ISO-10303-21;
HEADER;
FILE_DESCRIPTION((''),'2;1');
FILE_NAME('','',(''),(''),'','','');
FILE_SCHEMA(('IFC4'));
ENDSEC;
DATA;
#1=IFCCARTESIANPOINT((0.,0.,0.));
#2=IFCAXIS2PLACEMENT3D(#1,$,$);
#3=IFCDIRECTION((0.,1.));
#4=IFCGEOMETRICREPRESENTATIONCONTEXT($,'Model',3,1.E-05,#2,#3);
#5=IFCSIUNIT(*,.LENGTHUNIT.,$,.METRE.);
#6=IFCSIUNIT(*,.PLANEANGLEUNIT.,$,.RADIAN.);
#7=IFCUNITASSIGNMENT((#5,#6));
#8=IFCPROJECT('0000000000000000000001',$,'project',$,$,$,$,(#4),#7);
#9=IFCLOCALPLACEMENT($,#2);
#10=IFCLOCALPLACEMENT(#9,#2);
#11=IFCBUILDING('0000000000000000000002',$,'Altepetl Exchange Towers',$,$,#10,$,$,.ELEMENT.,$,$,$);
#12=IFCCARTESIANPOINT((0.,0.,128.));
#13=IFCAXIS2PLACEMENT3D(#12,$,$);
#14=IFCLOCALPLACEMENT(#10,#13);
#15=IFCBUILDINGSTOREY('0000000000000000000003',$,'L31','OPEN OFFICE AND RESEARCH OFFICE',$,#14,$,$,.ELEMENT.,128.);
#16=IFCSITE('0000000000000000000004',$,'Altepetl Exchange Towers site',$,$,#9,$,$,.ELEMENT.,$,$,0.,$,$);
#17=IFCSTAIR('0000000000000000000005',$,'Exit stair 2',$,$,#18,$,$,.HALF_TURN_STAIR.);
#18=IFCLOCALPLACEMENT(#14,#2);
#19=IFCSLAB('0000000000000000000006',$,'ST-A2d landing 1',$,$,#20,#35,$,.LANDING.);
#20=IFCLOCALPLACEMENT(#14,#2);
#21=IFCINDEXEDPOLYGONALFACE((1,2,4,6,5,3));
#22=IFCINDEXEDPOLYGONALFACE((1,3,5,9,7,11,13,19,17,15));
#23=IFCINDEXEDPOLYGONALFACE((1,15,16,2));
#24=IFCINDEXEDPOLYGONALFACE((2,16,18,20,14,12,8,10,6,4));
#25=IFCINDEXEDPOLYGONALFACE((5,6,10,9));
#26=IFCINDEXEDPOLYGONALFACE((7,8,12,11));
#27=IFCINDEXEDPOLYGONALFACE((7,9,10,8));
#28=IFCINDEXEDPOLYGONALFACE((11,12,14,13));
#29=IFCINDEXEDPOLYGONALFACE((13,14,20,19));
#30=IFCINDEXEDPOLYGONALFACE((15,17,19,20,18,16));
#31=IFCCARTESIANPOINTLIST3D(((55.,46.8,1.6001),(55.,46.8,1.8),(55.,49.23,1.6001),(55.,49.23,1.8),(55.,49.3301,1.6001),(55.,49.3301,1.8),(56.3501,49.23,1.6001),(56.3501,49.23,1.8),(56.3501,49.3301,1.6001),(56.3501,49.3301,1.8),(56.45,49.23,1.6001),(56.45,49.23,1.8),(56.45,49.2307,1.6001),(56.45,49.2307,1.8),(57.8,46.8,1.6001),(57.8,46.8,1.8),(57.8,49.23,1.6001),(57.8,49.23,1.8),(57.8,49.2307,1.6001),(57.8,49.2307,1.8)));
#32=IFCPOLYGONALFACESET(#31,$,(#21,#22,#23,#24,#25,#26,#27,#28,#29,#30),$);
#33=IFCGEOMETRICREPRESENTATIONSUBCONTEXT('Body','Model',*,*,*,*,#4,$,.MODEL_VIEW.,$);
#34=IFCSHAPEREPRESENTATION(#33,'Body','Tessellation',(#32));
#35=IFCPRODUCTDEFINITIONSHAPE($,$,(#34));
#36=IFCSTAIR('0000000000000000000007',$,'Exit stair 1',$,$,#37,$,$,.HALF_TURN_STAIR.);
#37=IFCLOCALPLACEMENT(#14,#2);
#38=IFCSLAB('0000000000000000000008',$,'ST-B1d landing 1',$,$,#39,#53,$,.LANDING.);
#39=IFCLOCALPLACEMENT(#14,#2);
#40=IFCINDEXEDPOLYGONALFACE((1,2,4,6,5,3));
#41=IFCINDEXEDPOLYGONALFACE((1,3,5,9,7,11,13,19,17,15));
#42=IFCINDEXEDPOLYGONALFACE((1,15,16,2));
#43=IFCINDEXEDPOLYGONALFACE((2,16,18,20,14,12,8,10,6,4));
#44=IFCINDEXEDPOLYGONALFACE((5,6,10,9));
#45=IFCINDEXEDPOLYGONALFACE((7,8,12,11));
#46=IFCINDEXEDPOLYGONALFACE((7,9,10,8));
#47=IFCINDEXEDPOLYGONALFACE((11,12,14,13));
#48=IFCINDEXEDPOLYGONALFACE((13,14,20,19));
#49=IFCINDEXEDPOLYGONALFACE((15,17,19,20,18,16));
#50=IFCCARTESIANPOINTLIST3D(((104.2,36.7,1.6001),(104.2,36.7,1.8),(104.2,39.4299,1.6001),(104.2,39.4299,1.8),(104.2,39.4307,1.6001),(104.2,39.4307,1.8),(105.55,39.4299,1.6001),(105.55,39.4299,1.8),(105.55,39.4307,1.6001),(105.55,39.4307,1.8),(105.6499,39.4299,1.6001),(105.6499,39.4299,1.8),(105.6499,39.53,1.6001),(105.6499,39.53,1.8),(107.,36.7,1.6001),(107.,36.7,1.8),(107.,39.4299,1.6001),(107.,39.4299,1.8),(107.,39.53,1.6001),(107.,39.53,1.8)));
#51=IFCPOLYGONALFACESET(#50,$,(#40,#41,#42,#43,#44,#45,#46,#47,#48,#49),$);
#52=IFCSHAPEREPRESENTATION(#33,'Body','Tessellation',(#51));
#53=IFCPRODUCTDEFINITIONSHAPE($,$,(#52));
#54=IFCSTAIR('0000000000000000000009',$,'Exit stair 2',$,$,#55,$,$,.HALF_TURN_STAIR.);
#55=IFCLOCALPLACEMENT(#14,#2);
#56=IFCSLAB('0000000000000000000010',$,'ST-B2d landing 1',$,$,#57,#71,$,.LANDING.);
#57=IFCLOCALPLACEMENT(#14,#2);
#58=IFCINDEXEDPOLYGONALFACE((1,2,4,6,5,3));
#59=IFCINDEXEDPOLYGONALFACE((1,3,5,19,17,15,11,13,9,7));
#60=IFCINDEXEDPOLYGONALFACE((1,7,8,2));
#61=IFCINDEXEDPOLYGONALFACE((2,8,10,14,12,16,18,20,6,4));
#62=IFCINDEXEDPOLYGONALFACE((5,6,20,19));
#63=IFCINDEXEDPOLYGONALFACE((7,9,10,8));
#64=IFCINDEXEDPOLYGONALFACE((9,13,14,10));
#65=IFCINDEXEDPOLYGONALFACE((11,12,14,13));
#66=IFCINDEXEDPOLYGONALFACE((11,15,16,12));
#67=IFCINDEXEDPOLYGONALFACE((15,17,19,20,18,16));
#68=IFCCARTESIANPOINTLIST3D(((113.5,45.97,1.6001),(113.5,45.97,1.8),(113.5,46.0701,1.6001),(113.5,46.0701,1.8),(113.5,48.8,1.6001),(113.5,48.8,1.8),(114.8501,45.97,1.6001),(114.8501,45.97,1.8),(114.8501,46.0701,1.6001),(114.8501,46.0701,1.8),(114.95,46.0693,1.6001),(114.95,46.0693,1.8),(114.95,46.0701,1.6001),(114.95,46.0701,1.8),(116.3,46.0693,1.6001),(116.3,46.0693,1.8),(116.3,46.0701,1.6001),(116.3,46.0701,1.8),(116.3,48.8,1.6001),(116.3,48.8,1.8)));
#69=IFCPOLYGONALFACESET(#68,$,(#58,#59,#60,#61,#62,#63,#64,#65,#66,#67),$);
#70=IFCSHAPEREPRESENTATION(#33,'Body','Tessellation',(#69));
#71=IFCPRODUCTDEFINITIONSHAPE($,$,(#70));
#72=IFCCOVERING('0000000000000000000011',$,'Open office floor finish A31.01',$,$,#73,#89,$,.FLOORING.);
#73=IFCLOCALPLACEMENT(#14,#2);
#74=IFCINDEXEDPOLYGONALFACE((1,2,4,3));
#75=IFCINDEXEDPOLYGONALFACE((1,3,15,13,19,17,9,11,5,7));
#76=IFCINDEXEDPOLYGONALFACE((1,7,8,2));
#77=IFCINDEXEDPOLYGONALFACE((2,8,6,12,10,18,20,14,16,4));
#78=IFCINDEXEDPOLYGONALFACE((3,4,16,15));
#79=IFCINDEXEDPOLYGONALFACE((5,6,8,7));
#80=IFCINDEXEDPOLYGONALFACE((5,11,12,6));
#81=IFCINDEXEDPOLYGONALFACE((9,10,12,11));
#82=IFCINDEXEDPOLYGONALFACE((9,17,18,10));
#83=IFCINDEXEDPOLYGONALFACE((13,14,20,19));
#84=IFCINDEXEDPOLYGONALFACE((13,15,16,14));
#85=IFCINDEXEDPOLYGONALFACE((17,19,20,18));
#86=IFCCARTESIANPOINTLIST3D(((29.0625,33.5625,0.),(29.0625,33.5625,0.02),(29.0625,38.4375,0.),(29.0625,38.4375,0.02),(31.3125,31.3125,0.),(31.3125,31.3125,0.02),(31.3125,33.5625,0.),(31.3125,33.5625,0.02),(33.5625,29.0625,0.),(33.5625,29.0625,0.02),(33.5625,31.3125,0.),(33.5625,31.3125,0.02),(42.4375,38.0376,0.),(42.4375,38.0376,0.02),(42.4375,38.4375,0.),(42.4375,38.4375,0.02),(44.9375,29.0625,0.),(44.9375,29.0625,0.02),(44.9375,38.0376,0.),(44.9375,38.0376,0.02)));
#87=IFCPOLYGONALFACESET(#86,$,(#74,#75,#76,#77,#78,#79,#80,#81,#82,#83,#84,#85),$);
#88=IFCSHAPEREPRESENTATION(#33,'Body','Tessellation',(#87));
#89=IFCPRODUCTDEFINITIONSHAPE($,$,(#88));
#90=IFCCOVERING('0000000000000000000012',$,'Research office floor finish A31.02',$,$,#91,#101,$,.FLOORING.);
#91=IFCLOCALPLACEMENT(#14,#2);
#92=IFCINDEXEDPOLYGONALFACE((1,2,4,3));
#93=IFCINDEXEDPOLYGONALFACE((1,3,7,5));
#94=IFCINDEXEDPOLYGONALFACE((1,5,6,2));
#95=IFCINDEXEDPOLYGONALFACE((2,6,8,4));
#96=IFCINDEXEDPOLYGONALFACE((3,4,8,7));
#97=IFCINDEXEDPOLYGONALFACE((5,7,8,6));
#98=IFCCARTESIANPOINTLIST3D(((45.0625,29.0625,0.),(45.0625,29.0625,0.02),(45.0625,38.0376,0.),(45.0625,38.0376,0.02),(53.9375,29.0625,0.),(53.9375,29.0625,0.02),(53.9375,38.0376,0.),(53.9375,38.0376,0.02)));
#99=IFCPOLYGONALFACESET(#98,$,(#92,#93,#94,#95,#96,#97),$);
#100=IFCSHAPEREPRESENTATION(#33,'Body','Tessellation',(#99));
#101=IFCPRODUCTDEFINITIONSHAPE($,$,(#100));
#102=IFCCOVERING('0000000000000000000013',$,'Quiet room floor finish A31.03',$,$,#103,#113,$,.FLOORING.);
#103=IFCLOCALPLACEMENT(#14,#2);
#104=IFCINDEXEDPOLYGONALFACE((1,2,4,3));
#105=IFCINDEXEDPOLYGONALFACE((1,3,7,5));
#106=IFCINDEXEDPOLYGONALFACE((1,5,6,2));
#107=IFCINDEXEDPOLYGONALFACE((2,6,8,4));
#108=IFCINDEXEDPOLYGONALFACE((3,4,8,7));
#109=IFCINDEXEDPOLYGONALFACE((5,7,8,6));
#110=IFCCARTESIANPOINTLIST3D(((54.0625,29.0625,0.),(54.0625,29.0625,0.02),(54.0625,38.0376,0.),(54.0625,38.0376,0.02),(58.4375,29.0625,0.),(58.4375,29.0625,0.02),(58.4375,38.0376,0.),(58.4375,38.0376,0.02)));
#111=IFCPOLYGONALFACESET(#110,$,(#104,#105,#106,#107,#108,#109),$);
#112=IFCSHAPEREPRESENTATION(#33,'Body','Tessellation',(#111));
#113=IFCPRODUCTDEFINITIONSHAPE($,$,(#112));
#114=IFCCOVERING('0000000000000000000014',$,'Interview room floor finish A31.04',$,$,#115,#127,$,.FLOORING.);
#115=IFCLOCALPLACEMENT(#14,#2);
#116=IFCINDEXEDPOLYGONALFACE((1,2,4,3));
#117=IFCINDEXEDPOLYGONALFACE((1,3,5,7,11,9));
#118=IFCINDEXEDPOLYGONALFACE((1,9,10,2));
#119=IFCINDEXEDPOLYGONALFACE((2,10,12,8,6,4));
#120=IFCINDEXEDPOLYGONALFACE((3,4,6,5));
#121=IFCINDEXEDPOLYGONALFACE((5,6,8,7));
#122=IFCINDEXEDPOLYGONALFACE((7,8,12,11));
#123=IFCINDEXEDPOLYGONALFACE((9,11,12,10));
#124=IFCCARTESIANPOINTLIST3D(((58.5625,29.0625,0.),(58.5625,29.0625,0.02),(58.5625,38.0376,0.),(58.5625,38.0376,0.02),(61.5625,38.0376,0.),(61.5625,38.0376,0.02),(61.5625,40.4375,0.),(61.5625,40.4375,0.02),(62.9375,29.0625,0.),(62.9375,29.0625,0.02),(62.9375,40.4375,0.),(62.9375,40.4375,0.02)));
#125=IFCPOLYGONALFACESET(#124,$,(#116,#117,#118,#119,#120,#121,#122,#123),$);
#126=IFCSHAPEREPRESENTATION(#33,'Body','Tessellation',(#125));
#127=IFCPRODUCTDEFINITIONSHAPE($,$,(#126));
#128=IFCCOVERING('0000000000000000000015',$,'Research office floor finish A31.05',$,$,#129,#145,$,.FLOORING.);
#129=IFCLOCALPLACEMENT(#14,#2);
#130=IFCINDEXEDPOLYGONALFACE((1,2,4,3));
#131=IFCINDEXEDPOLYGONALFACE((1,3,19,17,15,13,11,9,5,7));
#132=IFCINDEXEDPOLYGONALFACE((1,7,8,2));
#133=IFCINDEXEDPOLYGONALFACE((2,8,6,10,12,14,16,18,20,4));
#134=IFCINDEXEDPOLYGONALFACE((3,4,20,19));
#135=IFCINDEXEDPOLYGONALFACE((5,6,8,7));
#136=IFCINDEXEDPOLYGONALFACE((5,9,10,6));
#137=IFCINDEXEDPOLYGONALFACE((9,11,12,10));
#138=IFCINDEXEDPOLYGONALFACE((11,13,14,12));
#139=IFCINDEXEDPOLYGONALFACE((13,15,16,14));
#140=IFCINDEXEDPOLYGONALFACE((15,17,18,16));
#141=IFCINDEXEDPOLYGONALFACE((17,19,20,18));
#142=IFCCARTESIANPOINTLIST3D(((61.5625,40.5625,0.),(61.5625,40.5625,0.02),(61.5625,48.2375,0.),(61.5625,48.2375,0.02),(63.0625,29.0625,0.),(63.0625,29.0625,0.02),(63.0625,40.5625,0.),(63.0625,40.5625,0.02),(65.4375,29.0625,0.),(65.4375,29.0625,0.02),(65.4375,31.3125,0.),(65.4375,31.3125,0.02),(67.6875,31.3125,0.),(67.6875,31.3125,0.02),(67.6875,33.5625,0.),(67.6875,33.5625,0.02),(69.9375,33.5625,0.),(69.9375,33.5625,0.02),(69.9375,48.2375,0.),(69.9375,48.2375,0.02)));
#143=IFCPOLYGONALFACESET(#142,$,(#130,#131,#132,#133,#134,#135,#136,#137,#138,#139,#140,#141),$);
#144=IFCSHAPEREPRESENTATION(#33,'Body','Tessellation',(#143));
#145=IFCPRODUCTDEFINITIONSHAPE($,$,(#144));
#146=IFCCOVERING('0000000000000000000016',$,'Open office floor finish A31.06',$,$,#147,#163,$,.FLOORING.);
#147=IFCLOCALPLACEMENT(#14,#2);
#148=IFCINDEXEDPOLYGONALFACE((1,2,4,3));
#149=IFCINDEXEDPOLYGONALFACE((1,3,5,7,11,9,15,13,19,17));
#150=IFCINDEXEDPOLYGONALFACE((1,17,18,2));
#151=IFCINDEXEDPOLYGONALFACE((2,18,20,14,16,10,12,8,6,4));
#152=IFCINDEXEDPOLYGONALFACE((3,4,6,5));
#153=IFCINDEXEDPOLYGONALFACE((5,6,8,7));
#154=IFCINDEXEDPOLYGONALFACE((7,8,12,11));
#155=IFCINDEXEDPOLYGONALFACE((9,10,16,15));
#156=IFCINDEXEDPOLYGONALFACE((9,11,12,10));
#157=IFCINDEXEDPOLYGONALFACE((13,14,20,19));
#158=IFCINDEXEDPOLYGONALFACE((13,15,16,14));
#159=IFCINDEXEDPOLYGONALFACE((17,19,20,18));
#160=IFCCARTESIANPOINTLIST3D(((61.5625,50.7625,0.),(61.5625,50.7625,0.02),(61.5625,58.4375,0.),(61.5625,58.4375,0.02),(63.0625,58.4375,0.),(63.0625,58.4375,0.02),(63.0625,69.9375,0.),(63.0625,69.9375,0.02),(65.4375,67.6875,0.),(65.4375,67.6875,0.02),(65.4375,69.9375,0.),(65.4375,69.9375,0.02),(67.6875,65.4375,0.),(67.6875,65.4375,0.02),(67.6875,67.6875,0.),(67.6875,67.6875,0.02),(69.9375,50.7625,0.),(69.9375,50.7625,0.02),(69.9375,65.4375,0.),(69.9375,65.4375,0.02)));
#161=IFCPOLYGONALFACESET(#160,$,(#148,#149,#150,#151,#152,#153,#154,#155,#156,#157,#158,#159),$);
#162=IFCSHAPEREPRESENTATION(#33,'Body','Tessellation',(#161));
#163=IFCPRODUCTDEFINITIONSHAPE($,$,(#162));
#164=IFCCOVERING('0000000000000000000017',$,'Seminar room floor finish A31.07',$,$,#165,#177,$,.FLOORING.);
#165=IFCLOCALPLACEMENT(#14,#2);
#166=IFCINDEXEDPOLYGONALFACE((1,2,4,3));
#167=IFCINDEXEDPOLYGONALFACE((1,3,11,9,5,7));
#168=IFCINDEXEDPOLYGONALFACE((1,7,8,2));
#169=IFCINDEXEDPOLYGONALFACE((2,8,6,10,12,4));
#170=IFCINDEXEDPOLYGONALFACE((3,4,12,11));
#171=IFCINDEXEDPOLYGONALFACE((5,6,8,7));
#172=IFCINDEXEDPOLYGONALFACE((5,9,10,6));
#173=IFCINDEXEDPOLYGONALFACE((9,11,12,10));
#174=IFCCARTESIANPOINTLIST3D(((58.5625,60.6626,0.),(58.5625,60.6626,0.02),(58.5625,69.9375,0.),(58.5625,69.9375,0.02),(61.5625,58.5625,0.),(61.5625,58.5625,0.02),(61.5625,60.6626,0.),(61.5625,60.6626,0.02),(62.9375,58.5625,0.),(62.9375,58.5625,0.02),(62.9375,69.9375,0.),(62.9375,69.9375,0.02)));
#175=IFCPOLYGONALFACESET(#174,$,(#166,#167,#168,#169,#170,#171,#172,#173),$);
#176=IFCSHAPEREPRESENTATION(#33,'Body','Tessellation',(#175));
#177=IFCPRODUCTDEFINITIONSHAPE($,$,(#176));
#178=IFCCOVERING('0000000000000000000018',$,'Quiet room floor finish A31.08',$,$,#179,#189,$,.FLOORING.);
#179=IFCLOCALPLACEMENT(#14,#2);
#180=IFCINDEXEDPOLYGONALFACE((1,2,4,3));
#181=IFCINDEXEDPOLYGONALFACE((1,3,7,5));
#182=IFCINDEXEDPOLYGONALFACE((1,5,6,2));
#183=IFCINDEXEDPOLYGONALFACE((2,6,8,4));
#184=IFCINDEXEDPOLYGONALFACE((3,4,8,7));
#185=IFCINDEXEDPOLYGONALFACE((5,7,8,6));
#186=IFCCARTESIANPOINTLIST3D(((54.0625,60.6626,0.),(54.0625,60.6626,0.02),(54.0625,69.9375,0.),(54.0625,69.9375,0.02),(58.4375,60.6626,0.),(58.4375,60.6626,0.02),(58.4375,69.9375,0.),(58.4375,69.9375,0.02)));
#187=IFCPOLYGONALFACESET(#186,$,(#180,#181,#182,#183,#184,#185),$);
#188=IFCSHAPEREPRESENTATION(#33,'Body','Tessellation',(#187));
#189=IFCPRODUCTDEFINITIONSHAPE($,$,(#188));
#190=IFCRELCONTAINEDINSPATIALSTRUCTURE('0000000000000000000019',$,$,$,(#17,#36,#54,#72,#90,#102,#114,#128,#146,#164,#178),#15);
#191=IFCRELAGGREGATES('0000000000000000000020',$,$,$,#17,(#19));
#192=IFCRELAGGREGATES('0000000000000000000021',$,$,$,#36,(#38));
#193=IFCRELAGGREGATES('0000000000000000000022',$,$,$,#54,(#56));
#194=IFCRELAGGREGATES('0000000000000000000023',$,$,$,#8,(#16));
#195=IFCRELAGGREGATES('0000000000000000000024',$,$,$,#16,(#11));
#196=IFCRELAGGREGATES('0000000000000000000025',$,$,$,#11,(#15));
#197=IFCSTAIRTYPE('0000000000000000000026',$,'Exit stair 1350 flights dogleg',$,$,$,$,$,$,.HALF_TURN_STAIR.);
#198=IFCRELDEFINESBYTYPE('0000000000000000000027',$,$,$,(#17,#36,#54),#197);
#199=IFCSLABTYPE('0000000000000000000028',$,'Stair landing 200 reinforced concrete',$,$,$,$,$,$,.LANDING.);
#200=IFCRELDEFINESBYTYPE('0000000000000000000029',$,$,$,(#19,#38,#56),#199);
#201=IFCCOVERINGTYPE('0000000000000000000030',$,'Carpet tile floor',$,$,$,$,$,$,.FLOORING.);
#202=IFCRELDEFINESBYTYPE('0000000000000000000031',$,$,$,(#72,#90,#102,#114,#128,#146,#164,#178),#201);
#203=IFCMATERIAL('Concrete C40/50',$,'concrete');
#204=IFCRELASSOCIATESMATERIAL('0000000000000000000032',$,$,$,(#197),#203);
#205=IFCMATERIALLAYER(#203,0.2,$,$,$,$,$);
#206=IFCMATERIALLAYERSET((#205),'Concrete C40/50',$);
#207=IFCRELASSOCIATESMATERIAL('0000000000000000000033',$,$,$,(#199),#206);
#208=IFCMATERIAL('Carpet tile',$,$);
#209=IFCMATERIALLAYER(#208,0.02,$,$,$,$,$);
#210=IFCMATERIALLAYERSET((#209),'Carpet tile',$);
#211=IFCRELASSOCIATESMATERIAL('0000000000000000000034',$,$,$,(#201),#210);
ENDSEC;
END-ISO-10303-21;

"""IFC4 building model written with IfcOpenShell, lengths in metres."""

from ifc_helpers import new_model, si_unit, direction, frame, origin, place, context, subcontext, project, spatial, polyline, outline, extrude, material, layer, layer_set, type_object, element, aggregate, save


model = new_model("IFC4")

# Units and contexts
model_context = context("Model", 3, precision=1e-05, world=origin(), true_north=direction((0.0, 1.0)))
body_context = subcontext(model_context, "Body", "Model", "MODEL_VIEW")
ifc_project = project(units=[si_unit("LENGTHUNIT", "METRE"), si_unit("PLANEANGLEUNIT", "RADIAN")], contexts=[model_context])

# Site, building, storey
site_placement = place(None, origin())
site = spatial("IfcSite", under=ifc_project, at=site_placement, Name="Altepetl Exchange Towers site", CompositionType="ELEMENT", RefElevation=0.0)
building_placement = place(site_placement, origin())
building = spatial("IfcBuilding", under=site, at=building_placement, Name="Altepetl Exchange Towers", CompositionType="ELEMENT")
storey_placement = place(building_placement, frame((0.0, 0.0, 128.0)))
storey = spatial("IfcBuildingStorey", under=building, at=storey_placement, Name="L31", Description="OPEN OFFICE AND RESEARCH OFFICE", CompositionType="ELEMENT", Elevation=128.0)

# Shared definitions
ifc_material_1 = material(Name="Concrete C40/50", Category="concrete")

# Stairs, slabs
stair_type = type_object("IfcStairType", Name="Exit stair 1350 flights dogleg", PredefinedType="HALF_TURN_STAIR", material=ifc_material_1)
ifc_layer_1 = layer(ifc_material_1, 0.2)
ifc_layer_set_1 = layer_set([ifc_layer_1], Name="Concrete C40/50")
slab_type_1 = type_object("IfcSlabType", Name="Stair landing 200 reinforced concrete", PredefinedType="LANDING", material=ifc_layer_set_1)
stair_1_placement = place(storey_placement, origin())
stair_1 = element("IfcStair", 1, at=stair_1_placement, inside=storey, type_object=stair_type, Name="Exit stair 2", PredefinedType="HALF_TURN_STAIR")
slab_1_placement = place(storey_placement, frame((0.0, 0.0, 1.6001)))
slab_1 = element("IfcSlab", 2, at=slab_1_placement, type_object=slab_type_1, Name="ST-A2d landing 1", PredefinedType="LANDING", context=body_context, shape_type="SweptSolid", body=[
    extrude(outline(polyline([(57.8, 46.8), (55.0, 46.8), (55.0, 49.23), (55.0, 49.3301), (56.3501, 49.3301), (56.3501, 49.23), (56.45, 49.23), (56.45, 49.2307), (57.8, 49.2307), (57.8, 49.23), (57.8, 46.8)])), origin(), (0.0, 0.0, 1.0), 0.2),
])
aggregate(stair_1, [slab_1])
stair_2_placement = place(storey_placement, origin())
stair_2 = element("IfcStair", 3, at=stair_2_placement, inside=storey, type_object=stair_type, Name="Exit stair 1", PredefinedType="HALF_TURN_STAIR")
slab_2_placement = place(storey_placement, frame((0.0, 0.0, 1.6001)))
slab_2 = element("IfcSlab", 4, at=slab_2_placement, type_object=slab_type_1, Name="ST-B1d landing 1", PredefinedType="LANDING", context=body_context, shape_type="SweptSolid", body=[
    extrude(outline(polyline([(107.0, 36.7), (104.2, 36.7), (104.2, 39.4299), (104.2, 39.4307), (105.55, 39.4307), (105.55, 39.4299), (105.6499, 39.4299), (105.6499, 39.53), (107.0, 39.53), (107.0, 39.4299), (107.0, 36.7)])), origin(), (0.0, 0.0, 1.0), 0.2),
])
aggregate(stair_2, [slab_2])
stair_3_placement = place(storey_placement, origin())
stair_3 = element("IfcStair", 5, at=stair_3_placement, inside=storey, type_object=stair_type, Name="Exit stair 2", PredefinedType="HALF_TURN_STAIR")
slab_3_placement = place(storey_placement, frame((0.0, 0.0, 1.6001)))
slab_3 = element("IfcSlab", 6, at=slab_3_placement, type_object=slab_type_1, Name="ST-B2d landing 1", PredefinedType="LANDING", context=body_context, shape_type="SweptSolid", body=[
    extrude(outline(polyline([(114.8501, 45.97), (113.5, 45.97), (113.5, 46.0701), (113.5, 48.8), (116.3, 48.8), (116.3, 46.0701), (116.3, 46.0693), (114.95, 46.0693), (114.95, 46.0701), (114.8501, 46.0701), (114.8501, 45.97)])), origin(), (0.0, 0.0, 1.0), 0.2),
])
aggregate(stair_3, [slab_3])

# Coverings
ifc_material_2 = material(Name="Carpet tile")
ifc_layer_2 = layer(ifc_material_2, 0.02)
ifc_layer_set_2 = layer_set([ifc_layer_2], Name="Carpet tile")
covering_type_1 = type_object("IfcCoveringType", Name="Carpet tile floor", PredefinedType="FLOORING", material=ifc_layer_set_2)
covering_1_placement = place(storey_placement, origin())
element("IfcCovering", 7, at=covering_1_placement, inside=storey, type_object=covering_type_1, Name="Open office floor finish A31.01", PredefinedType="FLOORING", context=body_context, shape_type="SweptSolid", body=[
    extrude(outline(polyline([(33.5625, 29.0625), (44.9375, 29.0625), (44.9375, 38.0376), (42.4375, 38.0376), (42.4375, 38.4375), (29.0625, 38.4375), (29.0625, 33.5625), (31.3125, 33.5625), (31.3125, 31.3125), (33.5625, 31.3125), (33.5625, 29.0625)])), origin(), (0.0, 0.0, 1.0), 0.02),
])
covering_2_placement = place(storey_placement, origin())
element("IfcCovering", 8, at=covering_2_placement, inside=storey, type_object=covering_type_1, Name="Research office floor finish A31.02", PredefinedType="FLOORING", context=body_context, shape_type="SweptSolid", body=[
    extrude(outline(polyline([(53.9375, 29.0625), (53.9375, 38.0376), (45.0625, 38.0376), (45.0625, 29.0625), (53.9375, 29.0625)])), origin(), (0.0, 0.0, 1.0), 0.02),
])
covering_3_placement = place(storey_placement, origin())
element("IfcCovering", 9, at=covering_3_placement, inside=storey, type_object=covering_type_1, Name="Quiet room floor finish A31.03", PredefinedType="FLOORING", context=body_context, shape_type="SweptSolid", body=[
    extrude(outline(polyline([(58.4375, 29.0625), (58.4375, 38.0376), (54.0625, 38.0376), (54.0625, 29.0625), (58.4375, 29.0625)])), origin(), (0.0, 0.0, 1.0), 0.02),
])
covering_4_placement = place(storey_placement, origin())
element("IfcCovering", 10, at=covering_4_placement, inside=storey, type_object=covering_type_1, Name="Interview room floor finish A31.04", PredefinedType="FLOORING", context=body_context, shape_type="SweptSolid", body=[
    extrude(outline(polyline([(62.9375, 29.0625), (62.9375, 40.4375), (61.5625, 40.4375), (61.5625, 38.0376), (58.5625, 38.0376), (58.5625, 29.0625), (62.9375, 29.0625)])), origin(), (0.0, 0.0, 1.0), 0.02),
])
covering_5_placement = place(storey_placement, origin())
element("IfcCovering", 11, at=covering_5_placement, inside=storey, type_object=covering_type_1, Name="Research office floor finish A31.05", PredefinedType="FLOORING", context=body_context, shape_type="SweptSolid", body=[
    extrude(outline(polyline([(67.6875, 31.3125), (67.6875, 33.5625), (69.9375, 33.5625), (69.9375, 48.2375), (61.5625, 48.2375), (61.5625, 40.5625), (63.0625, 40.5625), (63.0625, 29.0625), (65.4375, 29.0625), (65.4375, 31.3125), (67.6875, 31.3125)])), origin(), (0.0, 0.0, 1.0), 0.02),
])
covering_6_placement = place(storey_placement, origin())
element("IfcCovering", 12, at=covering_6_placement, inside=storey, type_object=covering_type_1, Name="Open office floor finish A31.06", PredefinedType="FLOORING", context=body_context, shape_type="SweptSolid", body=[
    extrude(outline(polyline([(61.5625, 50.7625), (69.9375, 50.7625), (69.9375, 65.4375), (67.6875, 65.4375), (67.6875, 67.6875), (65.4375, 67.6875), (65.4375, 69.9375), (63.0625, 69.9375), (63.0625, 58.4375), (61.5625, 58.4375), (61.5625, 50.7625)])), origin(), (0.0, 0.0, 1.0), 0.02),
])
covering_7_placement = place(storey_placement, origin())
element("IfcCovering", 13, at=covering_7_placement, inside=storey, type_object=covering_type_1, Name="Seminar room floor finish A31.07", PredefinedType="FLOORING", context=body_context, shape_type="SweptSolid", body=[
    extrude(outline(polyline([(61.5625, 58.5625), (62.9375, 58.5625), (62.9375, 69.9375), (58.5625, 69.9375), (58.5625, 60.6626), (61.5625, 60.6626), (61.5625, 58.5625)])), origin(), (0.0, 0.0, 1.0), 0.02),
])
covering_8_placement = place(storey_placement, origin())
element("IfcCovering", 14, at=covering_8_placement, inside=storey, type_object=covering_type_1, Name="Quiet room floor finish A31.08", PredefinedType="FLOORING", context=body_context, shape_type="SweptSolid", body=[
    extrude(outline(polyline([(58.4375, 60.6626), (58.4375, 69.9375), (54.0625, 69.9375), (54.0625, 60.6626), (58.4375, 60.6626)])), origin(), (0.0, 0.0, 1.0), 0.02),
])

save(model, "model.ifc")
